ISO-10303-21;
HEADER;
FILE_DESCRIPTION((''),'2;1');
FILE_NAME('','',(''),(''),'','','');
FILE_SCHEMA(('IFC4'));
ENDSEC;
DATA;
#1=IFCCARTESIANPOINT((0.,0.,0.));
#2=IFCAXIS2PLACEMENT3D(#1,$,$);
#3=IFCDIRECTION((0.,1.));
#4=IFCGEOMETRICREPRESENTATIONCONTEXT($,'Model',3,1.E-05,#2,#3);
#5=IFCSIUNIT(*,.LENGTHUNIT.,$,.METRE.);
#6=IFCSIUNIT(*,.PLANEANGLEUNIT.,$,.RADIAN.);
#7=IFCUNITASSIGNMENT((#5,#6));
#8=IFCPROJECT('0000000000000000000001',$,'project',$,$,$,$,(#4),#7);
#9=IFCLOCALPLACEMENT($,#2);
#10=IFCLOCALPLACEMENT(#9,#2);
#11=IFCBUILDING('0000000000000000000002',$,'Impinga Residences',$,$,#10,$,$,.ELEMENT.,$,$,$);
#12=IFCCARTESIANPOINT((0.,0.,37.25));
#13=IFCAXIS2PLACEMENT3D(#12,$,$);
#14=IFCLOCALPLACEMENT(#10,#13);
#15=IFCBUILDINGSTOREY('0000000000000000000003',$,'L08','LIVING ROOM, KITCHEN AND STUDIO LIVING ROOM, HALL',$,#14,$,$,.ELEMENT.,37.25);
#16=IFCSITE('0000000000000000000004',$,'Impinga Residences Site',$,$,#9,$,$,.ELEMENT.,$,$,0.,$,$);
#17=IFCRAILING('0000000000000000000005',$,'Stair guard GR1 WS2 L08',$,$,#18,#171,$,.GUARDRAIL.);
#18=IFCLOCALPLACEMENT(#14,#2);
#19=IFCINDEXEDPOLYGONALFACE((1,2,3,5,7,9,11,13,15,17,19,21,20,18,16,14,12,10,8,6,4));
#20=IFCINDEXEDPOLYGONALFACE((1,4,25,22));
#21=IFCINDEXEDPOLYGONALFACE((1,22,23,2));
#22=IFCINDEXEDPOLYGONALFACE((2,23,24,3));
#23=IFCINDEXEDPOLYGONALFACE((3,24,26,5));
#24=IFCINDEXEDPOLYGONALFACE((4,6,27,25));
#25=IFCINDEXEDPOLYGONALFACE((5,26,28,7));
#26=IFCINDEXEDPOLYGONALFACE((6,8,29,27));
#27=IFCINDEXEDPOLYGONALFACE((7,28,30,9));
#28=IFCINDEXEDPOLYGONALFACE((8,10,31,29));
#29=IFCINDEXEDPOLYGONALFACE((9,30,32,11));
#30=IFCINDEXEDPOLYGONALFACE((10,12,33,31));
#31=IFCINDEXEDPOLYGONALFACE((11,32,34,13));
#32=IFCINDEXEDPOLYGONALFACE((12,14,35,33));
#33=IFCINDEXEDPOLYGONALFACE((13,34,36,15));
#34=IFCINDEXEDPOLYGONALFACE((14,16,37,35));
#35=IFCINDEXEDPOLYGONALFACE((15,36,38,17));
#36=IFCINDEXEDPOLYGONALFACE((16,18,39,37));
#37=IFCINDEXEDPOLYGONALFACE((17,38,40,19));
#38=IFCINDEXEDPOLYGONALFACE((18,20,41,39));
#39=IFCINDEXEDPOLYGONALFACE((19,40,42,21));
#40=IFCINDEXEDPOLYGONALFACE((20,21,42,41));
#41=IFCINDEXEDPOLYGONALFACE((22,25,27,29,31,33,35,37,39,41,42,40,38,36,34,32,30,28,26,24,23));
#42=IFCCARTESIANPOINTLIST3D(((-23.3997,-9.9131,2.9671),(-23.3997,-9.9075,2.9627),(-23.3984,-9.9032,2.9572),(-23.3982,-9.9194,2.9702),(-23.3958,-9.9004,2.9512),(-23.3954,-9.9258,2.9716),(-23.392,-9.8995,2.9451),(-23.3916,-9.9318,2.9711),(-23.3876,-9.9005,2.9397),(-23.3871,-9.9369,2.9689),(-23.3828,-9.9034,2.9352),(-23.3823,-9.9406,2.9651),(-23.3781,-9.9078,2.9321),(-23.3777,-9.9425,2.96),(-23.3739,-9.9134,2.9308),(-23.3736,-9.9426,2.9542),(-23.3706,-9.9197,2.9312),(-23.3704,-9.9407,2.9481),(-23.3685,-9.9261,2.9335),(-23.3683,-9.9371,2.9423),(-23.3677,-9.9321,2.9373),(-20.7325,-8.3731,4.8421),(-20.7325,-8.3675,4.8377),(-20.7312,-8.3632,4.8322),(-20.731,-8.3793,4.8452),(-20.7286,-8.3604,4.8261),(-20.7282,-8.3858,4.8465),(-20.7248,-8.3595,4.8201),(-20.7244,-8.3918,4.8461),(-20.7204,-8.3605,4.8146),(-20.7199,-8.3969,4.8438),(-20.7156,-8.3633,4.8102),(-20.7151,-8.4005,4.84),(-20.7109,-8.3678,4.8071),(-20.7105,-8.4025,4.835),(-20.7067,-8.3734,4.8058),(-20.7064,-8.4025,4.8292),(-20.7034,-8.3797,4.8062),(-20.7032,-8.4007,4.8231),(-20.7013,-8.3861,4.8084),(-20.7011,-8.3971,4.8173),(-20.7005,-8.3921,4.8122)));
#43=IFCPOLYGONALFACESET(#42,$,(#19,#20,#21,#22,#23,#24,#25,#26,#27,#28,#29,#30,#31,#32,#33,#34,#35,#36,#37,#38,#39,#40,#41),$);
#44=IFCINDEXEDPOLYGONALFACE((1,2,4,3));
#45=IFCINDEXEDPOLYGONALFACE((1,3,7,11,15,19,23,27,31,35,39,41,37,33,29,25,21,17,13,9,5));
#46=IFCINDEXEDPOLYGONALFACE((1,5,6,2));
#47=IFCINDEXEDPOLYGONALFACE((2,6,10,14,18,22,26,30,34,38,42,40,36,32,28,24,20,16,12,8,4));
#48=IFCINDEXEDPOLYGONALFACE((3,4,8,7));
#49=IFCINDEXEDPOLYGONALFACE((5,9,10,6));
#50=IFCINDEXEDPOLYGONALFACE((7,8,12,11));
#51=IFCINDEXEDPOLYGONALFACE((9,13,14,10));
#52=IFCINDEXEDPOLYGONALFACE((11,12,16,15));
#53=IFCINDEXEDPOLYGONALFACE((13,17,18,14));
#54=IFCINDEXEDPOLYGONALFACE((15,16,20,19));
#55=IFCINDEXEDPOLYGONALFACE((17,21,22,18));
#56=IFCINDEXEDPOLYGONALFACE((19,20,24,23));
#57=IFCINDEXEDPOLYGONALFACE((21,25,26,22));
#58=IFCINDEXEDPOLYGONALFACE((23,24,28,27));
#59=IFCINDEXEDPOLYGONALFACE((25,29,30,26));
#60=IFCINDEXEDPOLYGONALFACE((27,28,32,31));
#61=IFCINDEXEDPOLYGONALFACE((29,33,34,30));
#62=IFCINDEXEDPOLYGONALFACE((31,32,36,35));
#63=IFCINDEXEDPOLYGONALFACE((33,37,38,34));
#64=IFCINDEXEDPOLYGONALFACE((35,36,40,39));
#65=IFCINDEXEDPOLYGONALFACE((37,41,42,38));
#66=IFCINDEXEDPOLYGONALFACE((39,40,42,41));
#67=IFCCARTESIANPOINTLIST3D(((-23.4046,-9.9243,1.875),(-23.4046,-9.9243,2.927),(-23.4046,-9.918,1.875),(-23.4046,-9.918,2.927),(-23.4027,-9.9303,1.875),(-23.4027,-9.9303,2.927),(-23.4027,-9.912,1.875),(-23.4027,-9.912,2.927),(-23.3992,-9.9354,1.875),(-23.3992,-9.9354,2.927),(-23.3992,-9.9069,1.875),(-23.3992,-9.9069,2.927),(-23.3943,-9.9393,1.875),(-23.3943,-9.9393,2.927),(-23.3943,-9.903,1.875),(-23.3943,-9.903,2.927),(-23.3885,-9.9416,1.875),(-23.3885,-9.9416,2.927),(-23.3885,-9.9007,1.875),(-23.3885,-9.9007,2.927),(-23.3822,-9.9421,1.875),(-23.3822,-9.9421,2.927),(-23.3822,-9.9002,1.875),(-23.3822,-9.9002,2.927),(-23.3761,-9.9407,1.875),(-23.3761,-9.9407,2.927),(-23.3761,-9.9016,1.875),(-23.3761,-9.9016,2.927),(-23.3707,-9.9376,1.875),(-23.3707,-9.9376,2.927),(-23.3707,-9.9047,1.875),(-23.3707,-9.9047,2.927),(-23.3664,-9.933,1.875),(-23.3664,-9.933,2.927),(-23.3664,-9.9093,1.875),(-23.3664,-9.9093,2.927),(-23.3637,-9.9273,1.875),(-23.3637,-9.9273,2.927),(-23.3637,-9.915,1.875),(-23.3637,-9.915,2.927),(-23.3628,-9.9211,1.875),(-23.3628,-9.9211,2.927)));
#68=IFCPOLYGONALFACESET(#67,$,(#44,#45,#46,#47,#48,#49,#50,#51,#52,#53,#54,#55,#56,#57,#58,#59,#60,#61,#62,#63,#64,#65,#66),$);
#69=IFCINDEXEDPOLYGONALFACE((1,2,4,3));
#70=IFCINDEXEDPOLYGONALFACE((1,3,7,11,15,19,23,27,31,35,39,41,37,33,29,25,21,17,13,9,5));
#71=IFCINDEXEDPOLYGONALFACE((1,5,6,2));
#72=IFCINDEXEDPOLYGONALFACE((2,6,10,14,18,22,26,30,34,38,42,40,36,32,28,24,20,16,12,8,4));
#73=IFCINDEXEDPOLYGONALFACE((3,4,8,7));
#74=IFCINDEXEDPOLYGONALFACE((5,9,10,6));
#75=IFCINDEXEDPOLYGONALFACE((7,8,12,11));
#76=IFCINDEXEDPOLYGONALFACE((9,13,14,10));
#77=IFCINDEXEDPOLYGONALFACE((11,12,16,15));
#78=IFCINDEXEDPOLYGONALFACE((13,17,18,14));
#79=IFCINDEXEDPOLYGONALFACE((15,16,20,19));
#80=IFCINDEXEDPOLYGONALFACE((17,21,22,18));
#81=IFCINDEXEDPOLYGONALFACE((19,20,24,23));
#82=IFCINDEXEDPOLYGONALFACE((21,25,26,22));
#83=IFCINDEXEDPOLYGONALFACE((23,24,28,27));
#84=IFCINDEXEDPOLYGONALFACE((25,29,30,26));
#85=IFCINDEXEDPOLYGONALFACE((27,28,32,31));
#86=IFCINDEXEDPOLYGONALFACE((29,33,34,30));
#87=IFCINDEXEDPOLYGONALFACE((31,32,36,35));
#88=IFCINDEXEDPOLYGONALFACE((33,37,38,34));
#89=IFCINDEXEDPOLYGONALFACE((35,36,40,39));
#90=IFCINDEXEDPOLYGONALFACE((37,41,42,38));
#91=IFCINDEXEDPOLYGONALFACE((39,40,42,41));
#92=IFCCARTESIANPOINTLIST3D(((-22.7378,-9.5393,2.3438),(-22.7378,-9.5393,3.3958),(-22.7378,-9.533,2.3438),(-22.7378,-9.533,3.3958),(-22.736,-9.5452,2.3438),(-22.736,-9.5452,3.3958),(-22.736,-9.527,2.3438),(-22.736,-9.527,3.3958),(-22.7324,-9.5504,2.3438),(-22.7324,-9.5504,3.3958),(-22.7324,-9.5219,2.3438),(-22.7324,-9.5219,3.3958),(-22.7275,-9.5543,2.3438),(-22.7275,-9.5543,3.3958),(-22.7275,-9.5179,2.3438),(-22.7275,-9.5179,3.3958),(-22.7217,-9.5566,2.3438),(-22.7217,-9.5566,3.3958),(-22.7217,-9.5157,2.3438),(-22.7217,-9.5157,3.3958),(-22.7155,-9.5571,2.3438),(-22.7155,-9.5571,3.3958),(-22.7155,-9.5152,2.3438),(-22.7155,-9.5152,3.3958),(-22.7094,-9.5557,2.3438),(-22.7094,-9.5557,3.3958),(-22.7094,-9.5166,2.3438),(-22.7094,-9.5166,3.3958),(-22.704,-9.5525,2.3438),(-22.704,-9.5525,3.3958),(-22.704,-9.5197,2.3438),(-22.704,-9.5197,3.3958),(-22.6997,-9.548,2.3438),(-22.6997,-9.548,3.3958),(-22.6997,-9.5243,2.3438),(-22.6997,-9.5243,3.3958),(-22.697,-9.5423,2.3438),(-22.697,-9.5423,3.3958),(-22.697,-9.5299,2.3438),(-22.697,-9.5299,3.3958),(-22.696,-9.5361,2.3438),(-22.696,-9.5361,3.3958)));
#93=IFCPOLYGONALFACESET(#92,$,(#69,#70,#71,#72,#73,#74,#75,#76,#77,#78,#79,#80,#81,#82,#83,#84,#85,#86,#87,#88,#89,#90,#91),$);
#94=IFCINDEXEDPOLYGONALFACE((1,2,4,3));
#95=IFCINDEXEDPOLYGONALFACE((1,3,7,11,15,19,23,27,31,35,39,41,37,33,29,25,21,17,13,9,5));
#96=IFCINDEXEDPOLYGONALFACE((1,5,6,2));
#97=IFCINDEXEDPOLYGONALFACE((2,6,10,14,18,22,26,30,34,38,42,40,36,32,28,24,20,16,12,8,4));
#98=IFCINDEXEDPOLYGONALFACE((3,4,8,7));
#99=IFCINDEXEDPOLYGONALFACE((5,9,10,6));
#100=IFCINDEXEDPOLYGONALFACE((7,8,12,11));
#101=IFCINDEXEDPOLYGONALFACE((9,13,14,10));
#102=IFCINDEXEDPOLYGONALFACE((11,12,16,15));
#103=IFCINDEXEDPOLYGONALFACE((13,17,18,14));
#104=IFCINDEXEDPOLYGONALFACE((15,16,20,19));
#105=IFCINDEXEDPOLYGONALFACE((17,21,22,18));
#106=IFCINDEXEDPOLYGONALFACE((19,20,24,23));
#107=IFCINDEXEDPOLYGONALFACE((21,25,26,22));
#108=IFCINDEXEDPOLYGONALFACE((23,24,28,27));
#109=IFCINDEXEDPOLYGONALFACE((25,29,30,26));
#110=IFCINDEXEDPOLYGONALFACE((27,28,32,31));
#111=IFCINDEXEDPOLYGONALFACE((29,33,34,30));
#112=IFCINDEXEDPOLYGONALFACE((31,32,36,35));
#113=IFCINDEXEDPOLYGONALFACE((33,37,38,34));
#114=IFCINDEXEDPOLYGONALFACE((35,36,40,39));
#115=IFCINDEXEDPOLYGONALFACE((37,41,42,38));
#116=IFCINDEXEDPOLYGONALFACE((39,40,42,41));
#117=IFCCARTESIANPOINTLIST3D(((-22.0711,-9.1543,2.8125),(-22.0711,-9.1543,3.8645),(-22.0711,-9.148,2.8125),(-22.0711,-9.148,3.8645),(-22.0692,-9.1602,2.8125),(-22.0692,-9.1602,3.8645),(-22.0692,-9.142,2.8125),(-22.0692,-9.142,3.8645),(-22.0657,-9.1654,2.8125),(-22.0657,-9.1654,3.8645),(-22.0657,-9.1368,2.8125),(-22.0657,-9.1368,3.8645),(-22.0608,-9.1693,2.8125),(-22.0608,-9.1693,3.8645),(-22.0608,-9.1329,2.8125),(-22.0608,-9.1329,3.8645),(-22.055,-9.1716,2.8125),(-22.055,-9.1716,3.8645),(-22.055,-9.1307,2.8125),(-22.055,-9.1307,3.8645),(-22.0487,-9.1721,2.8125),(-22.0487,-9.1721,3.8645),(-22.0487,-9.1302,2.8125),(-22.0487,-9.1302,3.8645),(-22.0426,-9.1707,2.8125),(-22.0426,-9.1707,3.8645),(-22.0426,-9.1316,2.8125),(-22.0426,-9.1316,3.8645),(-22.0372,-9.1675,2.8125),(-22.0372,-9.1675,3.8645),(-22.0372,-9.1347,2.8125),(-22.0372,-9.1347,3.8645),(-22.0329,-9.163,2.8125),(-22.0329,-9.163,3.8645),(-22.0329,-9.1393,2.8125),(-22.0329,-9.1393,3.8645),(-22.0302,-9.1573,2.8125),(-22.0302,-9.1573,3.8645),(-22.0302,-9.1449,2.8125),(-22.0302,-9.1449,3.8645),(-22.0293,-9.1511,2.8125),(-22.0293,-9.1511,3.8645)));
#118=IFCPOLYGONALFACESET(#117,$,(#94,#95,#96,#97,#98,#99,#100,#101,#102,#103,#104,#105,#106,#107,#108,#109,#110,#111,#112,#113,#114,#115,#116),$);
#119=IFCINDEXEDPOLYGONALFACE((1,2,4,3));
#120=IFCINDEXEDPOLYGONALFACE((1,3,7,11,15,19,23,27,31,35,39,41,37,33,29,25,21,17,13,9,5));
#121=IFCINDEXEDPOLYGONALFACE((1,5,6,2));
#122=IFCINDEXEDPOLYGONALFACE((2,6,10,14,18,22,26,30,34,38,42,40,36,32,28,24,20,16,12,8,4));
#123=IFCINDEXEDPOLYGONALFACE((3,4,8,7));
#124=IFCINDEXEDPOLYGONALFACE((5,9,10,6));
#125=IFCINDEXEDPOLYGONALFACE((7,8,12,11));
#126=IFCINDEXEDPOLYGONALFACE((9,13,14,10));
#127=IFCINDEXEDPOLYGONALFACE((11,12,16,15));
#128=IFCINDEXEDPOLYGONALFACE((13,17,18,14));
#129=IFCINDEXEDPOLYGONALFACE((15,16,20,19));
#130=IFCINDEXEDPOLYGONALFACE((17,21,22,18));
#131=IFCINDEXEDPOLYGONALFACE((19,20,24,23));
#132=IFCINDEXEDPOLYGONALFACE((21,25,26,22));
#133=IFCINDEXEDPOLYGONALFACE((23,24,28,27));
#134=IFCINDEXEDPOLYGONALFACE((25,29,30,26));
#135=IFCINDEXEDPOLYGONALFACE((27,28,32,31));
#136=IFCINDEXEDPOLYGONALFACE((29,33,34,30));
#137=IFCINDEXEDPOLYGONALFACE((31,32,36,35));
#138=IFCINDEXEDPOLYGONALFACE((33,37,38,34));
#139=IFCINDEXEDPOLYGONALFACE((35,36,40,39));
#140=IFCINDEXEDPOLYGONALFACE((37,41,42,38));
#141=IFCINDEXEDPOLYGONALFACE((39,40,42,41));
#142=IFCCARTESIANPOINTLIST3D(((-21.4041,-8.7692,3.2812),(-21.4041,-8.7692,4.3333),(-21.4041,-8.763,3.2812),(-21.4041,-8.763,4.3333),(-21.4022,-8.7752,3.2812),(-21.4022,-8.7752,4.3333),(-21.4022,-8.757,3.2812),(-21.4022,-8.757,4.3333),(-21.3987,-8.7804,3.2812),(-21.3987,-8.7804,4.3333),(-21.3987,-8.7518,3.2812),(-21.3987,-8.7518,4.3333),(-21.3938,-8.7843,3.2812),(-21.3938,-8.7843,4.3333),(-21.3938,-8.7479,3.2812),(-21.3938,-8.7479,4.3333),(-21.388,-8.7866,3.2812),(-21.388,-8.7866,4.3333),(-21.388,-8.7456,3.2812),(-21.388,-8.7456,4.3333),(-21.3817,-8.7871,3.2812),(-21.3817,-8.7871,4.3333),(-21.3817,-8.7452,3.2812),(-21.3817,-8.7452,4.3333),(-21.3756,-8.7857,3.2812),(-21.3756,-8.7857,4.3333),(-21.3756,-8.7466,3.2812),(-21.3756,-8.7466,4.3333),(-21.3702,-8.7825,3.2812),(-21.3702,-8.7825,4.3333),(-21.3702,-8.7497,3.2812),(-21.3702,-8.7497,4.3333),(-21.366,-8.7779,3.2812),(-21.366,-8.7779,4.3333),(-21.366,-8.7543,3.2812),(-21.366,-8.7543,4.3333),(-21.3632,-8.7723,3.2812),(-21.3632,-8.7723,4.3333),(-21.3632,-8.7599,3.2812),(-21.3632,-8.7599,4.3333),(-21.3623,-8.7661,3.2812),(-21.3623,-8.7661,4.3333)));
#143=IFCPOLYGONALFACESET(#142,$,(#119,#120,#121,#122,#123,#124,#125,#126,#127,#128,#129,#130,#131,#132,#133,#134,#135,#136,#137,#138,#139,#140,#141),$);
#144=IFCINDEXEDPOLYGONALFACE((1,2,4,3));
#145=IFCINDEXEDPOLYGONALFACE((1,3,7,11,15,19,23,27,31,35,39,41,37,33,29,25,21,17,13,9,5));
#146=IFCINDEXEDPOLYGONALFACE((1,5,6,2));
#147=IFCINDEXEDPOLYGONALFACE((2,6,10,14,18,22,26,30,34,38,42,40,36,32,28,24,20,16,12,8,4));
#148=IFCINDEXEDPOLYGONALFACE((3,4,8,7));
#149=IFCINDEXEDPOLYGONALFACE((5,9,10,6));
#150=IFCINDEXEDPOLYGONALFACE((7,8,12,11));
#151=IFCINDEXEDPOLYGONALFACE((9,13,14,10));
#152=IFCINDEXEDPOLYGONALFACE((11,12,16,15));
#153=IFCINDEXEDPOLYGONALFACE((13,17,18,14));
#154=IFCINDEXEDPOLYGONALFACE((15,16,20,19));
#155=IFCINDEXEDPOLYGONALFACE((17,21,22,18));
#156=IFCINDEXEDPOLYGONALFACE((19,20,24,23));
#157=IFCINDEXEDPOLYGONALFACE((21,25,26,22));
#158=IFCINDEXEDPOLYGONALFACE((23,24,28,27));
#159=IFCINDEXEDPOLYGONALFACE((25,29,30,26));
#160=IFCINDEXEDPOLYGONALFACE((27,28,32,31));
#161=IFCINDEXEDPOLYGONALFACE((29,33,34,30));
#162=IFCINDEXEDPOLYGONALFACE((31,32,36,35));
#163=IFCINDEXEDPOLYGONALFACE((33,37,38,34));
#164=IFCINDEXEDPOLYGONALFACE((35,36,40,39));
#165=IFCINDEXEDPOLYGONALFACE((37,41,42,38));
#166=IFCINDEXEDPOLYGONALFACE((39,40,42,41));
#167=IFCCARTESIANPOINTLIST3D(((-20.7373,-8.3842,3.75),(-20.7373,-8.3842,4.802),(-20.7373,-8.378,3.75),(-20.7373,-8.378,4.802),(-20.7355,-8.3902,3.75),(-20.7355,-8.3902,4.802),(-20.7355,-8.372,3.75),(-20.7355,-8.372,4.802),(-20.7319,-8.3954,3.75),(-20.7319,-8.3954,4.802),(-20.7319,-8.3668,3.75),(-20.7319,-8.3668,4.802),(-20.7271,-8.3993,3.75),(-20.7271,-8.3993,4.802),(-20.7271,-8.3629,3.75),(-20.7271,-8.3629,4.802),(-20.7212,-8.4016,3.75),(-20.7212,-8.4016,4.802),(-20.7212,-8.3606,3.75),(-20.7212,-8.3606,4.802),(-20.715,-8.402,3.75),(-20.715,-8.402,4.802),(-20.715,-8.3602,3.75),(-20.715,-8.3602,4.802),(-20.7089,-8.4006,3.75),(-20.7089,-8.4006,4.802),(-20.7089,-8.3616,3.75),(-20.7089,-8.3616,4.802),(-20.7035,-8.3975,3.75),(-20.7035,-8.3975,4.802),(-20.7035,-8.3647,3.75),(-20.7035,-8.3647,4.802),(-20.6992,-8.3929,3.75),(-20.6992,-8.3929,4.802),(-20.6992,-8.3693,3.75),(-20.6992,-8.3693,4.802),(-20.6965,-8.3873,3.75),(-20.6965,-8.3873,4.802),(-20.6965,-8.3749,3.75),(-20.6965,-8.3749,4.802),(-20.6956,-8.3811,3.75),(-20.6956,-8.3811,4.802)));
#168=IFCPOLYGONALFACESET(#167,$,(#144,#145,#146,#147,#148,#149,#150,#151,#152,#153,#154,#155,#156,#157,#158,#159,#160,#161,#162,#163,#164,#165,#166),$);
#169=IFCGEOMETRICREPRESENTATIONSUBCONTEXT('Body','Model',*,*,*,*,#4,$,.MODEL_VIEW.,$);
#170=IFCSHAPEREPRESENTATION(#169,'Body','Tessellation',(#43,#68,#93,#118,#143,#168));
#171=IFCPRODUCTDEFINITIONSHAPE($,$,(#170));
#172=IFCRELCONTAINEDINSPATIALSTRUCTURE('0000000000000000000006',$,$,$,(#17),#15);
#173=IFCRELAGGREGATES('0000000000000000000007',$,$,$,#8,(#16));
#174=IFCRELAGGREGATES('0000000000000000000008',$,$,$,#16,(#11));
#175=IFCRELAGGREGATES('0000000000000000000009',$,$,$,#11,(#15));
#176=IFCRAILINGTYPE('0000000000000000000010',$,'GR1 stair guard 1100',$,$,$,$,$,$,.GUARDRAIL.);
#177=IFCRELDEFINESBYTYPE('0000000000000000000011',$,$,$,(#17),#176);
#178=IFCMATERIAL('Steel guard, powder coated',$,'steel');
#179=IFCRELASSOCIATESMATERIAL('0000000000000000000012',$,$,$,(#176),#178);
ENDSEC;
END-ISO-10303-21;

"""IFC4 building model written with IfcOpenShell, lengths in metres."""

from ifc_helpers import new_model, si_unit, direction, frame, origin, origin_2d, place, context, subcontext, project, spatial, circle, extrude, material, type_object, element, save


model = new_model("IFC4")

# Units and contexts
model_context = context("Model", 3, precision=1e-05, world=origin(), true_north=direction((0.0, 1.0)))
body_context = subcontext(model_context, "Body", "Model", "MODEL_VIEW")
ifc_project = project(units=[si_unit("LENGTHUNIT", "METRE"), si_unit("PLANEANGLEUNIT", "RADIAN")], contexts=[model_context])

# Site, building, storey
site_placement = place(None, origin())
site = spatial("IfcSite", under=ifc_project, at=site_placement, Name="Impinga Residences Site", CompositionType="ELEMENT", RefElevation=0.0)
building_placement = place(site_placement, origin())
building = spatial("IfcBuilding", under=site, at=building_placement, Name="Impinga Residences", CompositionType="ELEMENT")
storey_placement = place(building_placement, frame((0.0, 0.0, 37.25)))
storey = spatial("IfcBuildingStorey", under=building, at=storey_placement, Name="L08", Description="LIVING ROOM, KITCHEN AND STUDIO LIVING ROOM, HALL", CompositionType="ELEMENT", Elevation=37.25)

# Railing
ifc_material_1 = material(Name="Steel guard, powder coated", Category="steel")
railing_type_1 = type_object("IfcRailingType", Name="GR1 stair guard 1100", PredefinedType="GUARDRAIL", material=ifc_material_1)
railing_1_placement = place(storey_placement, frame((-23.3838, -9.9211, 1.875)))
element("IfcRailing", 1, at=railing_1_placement, inside=storey, type_object=railing_type_1, Name="Stair guard GR1 WS2 L08", PredefinedType="GUARDRAIL", context=body_context, shape_type="SweptSolid", body=[
    extrude(circle(Radius=0.0239, at=origin_2d()), frame((0.0, 0.0, 1.0762), z_axis=(0.739716, 0.427105, 0.520002), x_axis=(-0.500027, 0.86601, 0.0)), (0.0, 0.0, 1.0), 3.6057),
    extrude(circle(Radius=0.021, at=origin_2d()), origin(), (0.0, 0.0, 1.0), 1.052),
    extrude(circle(Radius=0.021, at=origin_2d()), frame((0.6667, 0.385, 0.4688)), (0.0, 0.0, 1.0), 1.052),
    extrude(circle(Radius=0.021, at=origin_2d()), frame((1.3335, 0.77, 0.9375)), (0.0, 0.0, 1.0), 1.052),
    extrude(circle(Radius=0.021, at=origin_2d()), frame((2.0005, 1.155, 1.4062)), (0.0, 0.0, 1.0), 1.052),
    extrude(circle(Radius=0.021, at=origin_2d()), frame((2.6672, 1.54, 1.875)), (0.0, 0.0, 1.0), 1.052),
])

save(model, "model.ifc")
